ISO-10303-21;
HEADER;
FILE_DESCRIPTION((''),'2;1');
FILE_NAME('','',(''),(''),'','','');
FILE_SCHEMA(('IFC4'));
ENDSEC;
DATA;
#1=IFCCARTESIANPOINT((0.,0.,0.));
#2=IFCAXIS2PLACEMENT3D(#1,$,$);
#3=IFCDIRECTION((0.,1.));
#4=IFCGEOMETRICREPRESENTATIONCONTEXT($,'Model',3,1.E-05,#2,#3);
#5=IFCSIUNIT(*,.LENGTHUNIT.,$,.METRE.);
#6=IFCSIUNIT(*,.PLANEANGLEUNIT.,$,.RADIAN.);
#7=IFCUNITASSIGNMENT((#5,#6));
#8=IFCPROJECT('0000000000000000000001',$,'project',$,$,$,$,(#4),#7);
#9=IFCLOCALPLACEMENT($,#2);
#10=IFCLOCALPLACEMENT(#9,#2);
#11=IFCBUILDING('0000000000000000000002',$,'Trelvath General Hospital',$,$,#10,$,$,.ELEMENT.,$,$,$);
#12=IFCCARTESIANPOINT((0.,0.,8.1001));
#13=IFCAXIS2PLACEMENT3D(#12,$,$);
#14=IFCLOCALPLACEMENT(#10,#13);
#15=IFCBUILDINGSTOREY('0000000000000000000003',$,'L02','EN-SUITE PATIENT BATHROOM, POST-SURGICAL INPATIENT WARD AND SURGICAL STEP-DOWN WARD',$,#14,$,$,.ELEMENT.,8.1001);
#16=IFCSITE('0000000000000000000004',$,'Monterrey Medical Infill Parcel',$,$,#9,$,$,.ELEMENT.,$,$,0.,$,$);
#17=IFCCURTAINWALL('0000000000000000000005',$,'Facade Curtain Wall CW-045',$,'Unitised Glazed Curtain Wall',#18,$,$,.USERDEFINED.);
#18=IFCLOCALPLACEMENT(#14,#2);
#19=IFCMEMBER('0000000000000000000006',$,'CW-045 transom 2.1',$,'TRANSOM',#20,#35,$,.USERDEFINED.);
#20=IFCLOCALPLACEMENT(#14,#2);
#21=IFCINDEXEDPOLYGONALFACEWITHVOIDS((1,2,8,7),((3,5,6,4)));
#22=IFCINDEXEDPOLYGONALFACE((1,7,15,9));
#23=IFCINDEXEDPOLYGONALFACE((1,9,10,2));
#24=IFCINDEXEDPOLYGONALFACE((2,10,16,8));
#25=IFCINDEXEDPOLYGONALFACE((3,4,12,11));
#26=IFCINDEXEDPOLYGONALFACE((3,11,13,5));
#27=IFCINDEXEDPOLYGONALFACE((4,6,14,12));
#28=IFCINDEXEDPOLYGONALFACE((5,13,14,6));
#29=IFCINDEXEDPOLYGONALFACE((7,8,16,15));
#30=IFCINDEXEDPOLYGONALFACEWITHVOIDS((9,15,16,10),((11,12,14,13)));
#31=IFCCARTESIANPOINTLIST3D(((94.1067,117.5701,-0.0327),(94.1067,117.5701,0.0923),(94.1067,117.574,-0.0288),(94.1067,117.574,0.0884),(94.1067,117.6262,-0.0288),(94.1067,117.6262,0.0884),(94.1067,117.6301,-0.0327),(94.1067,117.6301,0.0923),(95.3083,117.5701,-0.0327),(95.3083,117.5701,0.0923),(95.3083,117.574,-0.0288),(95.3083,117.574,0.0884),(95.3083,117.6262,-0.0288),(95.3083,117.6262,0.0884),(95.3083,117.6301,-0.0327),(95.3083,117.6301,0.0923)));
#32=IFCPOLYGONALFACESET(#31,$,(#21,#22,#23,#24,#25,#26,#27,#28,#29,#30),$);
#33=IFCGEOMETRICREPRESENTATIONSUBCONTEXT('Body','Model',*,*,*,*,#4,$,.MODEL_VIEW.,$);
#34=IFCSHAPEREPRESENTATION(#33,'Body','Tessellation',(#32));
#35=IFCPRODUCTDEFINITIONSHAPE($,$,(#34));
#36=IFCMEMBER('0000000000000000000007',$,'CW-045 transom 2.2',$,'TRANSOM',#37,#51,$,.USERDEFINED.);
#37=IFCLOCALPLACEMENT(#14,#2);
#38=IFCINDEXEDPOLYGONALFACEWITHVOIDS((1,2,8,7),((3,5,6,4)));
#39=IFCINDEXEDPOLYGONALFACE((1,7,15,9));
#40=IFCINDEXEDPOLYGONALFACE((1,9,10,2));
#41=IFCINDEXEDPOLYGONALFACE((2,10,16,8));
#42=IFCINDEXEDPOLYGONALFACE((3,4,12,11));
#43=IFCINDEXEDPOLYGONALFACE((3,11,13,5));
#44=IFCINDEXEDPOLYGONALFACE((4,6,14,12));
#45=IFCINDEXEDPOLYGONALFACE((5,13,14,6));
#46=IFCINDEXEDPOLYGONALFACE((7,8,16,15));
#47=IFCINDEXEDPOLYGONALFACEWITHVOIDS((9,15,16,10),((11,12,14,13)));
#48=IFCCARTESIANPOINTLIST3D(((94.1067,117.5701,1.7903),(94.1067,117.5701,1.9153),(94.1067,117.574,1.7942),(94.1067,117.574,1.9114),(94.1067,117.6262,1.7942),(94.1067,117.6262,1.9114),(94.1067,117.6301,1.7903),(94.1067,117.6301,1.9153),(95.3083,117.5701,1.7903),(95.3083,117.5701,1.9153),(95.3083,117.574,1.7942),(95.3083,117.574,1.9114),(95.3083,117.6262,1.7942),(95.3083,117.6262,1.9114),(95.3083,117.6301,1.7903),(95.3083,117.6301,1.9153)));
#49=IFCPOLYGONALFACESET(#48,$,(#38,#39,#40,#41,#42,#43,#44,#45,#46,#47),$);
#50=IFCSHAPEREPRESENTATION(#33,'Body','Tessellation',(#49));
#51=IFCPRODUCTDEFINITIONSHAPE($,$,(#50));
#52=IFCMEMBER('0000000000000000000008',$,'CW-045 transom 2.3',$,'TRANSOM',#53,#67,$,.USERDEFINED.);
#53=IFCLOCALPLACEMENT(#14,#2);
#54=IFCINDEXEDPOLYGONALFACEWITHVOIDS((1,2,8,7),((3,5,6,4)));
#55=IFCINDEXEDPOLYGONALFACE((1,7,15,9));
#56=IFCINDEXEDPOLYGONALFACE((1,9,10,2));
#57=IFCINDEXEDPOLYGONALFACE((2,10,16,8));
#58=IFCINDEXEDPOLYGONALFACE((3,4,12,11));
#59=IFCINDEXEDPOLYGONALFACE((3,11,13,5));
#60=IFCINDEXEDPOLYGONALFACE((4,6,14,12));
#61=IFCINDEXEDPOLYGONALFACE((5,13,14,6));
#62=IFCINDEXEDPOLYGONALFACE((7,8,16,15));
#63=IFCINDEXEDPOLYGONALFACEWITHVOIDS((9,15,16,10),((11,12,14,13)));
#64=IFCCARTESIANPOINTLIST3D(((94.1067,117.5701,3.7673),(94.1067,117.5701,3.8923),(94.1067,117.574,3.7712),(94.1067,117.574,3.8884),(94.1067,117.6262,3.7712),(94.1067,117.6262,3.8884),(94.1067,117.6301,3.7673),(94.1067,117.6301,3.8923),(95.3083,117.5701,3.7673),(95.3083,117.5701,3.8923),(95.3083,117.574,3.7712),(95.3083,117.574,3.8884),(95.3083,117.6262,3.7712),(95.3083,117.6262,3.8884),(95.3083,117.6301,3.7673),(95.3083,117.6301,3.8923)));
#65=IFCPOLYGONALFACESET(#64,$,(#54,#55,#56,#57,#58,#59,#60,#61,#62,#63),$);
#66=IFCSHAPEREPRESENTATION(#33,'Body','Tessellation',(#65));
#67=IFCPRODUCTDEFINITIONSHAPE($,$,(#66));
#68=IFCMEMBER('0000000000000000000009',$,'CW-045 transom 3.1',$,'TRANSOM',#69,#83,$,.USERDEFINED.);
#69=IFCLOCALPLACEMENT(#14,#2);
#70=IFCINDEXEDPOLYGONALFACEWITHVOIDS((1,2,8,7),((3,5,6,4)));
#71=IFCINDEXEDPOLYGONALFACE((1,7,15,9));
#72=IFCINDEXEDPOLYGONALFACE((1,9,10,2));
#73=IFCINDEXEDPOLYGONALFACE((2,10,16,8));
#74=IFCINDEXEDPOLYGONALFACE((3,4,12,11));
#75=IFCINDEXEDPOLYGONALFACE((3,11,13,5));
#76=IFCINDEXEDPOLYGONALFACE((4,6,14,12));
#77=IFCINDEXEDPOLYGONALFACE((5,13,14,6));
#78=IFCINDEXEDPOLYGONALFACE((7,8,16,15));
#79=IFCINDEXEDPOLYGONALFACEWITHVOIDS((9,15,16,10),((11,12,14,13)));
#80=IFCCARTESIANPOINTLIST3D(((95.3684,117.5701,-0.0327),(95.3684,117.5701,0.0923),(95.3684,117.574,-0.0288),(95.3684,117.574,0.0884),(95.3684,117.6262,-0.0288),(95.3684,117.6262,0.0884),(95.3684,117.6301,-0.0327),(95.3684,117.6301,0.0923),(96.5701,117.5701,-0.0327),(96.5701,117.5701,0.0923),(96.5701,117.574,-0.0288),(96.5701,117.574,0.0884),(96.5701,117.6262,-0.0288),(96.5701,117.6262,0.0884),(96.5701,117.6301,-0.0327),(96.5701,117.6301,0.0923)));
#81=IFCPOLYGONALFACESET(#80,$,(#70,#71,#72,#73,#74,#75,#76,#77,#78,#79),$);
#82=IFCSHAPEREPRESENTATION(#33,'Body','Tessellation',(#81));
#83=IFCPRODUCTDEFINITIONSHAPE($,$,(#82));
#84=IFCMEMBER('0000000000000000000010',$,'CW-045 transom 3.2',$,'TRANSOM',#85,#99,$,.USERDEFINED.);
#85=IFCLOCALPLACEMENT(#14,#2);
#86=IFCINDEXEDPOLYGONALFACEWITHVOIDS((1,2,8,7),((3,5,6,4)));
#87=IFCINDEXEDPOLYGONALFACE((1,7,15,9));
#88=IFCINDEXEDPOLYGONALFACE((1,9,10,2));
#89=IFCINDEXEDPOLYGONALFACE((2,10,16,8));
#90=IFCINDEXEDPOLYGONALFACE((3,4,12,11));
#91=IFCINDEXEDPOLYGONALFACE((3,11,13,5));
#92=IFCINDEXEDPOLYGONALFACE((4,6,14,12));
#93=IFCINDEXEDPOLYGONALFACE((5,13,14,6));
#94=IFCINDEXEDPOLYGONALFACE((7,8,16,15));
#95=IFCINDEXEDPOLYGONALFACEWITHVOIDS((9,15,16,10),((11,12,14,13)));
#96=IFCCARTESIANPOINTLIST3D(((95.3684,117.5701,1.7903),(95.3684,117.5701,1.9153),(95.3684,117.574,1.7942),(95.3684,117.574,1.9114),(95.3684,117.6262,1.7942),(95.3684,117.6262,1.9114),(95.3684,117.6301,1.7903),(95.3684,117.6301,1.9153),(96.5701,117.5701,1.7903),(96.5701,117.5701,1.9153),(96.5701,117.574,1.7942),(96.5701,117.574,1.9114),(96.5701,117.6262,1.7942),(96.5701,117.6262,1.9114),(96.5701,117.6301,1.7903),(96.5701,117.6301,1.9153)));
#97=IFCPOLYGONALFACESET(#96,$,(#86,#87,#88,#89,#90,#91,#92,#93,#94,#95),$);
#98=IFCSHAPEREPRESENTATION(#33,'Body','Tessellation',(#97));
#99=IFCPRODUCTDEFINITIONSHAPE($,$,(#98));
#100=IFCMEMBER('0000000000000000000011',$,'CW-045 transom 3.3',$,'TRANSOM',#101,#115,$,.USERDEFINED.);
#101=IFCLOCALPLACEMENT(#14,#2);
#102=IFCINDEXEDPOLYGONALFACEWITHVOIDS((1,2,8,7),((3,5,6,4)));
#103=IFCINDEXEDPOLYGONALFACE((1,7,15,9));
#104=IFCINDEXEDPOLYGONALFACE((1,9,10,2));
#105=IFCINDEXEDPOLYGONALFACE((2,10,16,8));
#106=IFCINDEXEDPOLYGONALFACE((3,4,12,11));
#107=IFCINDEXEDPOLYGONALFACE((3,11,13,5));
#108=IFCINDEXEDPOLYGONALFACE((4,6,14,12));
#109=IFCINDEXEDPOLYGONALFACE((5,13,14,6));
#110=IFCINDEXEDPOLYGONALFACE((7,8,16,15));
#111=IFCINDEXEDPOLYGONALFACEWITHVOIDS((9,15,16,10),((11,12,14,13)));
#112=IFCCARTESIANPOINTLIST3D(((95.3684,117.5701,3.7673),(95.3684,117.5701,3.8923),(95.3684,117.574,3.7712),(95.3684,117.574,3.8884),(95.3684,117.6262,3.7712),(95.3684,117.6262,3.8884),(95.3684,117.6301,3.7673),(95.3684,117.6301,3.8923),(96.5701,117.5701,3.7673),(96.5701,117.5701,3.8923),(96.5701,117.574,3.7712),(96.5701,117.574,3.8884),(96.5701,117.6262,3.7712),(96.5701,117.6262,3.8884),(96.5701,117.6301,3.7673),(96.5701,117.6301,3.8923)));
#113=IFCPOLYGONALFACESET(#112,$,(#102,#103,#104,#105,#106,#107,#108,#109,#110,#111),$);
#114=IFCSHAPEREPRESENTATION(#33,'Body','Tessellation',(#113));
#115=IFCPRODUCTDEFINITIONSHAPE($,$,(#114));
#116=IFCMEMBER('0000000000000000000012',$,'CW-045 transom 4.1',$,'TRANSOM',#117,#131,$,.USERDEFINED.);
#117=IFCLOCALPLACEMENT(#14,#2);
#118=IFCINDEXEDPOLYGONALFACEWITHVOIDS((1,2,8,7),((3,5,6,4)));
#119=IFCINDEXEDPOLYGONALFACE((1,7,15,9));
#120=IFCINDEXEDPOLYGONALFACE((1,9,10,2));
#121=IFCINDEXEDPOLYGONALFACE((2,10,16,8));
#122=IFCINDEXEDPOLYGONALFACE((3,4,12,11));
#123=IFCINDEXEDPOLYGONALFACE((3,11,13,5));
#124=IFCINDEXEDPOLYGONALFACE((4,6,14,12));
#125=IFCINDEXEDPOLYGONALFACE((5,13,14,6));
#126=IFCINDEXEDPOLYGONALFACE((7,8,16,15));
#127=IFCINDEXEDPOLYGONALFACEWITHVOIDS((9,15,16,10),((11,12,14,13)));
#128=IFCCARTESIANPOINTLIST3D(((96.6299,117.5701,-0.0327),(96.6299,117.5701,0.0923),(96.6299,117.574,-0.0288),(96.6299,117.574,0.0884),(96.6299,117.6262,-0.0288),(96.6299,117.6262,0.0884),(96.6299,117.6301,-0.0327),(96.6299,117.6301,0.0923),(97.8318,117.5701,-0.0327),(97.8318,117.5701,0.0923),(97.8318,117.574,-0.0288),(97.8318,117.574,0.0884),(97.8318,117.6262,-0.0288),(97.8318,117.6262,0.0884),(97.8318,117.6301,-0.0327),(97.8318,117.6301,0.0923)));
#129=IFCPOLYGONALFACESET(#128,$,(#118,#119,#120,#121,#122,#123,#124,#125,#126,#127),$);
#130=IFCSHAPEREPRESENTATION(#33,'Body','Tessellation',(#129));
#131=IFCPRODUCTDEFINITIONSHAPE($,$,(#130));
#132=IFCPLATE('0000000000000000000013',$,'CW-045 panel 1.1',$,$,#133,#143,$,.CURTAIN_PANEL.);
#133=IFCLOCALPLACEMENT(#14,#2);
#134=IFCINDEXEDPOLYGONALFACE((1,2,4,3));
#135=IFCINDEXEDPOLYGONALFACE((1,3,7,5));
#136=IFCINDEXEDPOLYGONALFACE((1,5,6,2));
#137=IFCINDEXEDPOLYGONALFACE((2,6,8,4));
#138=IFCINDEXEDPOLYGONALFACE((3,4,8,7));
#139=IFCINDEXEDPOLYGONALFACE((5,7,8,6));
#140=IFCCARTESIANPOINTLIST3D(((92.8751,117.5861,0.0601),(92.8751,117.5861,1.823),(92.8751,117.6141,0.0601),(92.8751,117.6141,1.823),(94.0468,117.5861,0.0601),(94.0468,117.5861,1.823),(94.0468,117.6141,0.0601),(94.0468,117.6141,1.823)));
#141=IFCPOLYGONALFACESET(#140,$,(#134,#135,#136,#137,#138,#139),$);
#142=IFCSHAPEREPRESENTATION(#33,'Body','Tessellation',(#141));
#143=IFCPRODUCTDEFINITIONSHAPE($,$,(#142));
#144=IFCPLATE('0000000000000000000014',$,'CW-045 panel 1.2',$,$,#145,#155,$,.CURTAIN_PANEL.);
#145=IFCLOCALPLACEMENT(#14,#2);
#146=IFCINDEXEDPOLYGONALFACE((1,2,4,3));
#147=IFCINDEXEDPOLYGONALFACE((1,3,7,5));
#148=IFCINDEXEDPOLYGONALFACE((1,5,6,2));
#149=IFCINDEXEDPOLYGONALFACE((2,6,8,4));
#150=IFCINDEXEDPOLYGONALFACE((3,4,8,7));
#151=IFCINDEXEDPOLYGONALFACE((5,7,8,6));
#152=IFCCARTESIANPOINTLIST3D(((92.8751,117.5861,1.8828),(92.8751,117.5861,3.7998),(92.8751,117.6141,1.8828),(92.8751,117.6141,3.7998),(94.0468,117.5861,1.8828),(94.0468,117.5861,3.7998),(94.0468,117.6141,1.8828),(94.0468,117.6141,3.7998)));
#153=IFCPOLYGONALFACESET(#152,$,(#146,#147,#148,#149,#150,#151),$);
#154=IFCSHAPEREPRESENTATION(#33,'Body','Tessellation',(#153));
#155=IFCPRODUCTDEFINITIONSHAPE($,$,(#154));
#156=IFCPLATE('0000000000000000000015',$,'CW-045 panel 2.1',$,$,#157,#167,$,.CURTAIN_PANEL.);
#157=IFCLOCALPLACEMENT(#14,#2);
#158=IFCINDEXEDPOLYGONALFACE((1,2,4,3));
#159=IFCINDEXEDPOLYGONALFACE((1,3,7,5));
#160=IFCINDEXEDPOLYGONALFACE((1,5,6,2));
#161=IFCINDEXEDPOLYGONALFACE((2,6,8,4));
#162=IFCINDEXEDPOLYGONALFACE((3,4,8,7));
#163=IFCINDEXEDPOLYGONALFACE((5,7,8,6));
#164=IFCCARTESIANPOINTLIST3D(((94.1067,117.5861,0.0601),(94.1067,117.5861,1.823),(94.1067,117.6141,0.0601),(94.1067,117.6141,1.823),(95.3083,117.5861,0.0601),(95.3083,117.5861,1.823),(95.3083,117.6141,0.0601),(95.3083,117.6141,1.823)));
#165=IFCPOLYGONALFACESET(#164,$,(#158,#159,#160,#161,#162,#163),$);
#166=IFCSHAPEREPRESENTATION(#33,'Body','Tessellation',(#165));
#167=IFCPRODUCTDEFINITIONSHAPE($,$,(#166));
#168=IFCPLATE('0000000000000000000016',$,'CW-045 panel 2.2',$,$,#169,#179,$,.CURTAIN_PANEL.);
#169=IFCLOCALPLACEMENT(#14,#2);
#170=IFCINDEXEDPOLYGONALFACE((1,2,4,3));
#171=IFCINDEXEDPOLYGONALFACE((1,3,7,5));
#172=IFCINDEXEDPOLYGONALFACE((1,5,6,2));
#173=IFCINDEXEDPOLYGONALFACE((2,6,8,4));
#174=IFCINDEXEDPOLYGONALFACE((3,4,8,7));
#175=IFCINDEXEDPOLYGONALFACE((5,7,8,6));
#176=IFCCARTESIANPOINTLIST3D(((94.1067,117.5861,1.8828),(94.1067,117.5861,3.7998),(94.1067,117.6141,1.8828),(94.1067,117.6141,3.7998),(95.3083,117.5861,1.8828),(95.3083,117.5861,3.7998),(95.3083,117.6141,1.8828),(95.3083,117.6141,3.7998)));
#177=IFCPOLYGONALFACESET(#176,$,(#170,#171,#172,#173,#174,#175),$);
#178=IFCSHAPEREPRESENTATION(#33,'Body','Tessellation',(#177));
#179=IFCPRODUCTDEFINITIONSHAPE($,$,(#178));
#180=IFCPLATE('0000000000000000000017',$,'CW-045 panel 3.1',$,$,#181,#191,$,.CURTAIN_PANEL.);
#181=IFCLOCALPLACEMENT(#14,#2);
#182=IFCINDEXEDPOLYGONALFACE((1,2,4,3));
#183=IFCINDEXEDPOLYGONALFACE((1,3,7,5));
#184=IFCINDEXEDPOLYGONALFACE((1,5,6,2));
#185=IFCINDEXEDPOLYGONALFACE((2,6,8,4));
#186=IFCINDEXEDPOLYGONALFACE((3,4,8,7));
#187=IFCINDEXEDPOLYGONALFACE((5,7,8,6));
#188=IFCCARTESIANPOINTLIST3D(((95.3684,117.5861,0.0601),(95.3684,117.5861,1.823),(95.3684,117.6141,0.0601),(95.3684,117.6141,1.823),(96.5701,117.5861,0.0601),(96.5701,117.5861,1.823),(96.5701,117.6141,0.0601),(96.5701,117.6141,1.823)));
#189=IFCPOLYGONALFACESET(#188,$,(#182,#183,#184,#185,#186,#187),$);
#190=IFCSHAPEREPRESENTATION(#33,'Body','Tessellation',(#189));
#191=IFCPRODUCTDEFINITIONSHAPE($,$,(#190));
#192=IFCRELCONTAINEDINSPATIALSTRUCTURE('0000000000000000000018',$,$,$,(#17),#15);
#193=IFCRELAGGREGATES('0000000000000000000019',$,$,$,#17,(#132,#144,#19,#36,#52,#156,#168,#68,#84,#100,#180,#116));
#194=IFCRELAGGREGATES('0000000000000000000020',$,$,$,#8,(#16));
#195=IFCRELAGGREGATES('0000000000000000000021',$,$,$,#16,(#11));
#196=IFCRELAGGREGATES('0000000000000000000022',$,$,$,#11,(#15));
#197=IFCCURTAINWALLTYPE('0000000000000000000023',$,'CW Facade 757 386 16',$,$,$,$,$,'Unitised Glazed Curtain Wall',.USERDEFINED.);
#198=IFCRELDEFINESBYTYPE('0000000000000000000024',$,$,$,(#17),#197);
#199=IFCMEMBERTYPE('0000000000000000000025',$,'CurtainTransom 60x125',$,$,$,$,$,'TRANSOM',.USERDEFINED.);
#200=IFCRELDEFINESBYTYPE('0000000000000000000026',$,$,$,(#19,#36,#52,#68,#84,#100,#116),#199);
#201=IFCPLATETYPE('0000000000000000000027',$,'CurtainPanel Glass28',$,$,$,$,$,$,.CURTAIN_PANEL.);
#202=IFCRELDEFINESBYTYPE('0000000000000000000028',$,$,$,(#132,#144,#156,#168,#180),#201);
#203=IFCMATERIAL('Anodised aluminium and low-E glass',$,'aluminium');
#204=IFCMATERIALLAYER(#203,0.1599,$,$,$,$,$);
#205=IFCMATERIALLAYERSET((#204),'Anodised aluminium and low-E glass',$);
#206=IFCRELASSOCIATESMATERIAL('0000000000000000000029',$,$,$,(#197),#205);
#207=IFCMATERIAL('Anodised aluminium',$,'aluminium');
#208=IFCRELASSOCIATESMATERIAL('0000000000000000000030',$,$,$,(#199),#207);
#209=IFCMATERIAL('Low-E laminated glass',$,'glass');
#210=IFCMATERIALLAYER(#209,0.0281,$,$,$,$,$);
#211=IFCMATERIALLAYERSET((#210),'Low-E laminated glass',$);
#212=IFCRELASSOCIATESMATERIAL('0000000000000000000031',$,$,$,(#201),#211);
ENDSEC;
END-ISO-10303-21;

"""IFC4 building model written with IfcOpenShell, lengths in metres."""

from ifc_helpers import new_model, si_unit, direction, frame, origin, origin_2d, place, context, subcontext, project, spatial, rectangle, hollow_rectangle, extrude, material, layer, layer_set, material_profile, profile_set, type_object, element, aggregate, save


model = new_model("IFC4")

# Units and contexts
model_context = context("Model", 3, precision=1e-05, world=origin(), true_north=direction((0.0, 1.0)))
body_context = subcontext(model_context, "Body", "Model", "MODEL_VIEW")
ifc_project = project(units=[si_unit("LENGTHUNIT", "METRE"), si_unit("PLANEANGLEUNIT", "RADIAN")], contexts=[model_context])

# Site, building, storey
site_placement = place(None, origin())
site = spatial("IfcSite", under=ifc_project, at=site_placement, Name="Monterrey Medical Infill Parcel", CompositionType="ELEMENT", RefElevation=0.0)
building_placement = place(site_placement, origin())
building = spatial("IfcBuilding", under=site, at=building_placement, Name="Trelvath General Hospital", CompositionType="ELEMENT")
storey_placement = place(building_placement, frame((0.0, 0.0, 8.1001)))
storey = spatial("IfcBuildingStorey", under=building, at=storey_placement, Name="L02", Description="EN-SUITE PATIENT BATHROOM, POST-SURGICAL INPATIENT WARD AND SURGICAL STEP-DOWN WARD", CompositionType="ELEMENT", Elevation=8.1001)

# Curtain wall, members, plates
ifc_material_1 = material(Name="Anodised aluminium and low-E glass", Category="aluminium")
ifc_layer_1 = layer(ifc_material_1, 0.1599)
ifc_layer_set_1 = layer_set([ifc_layer_1], Name="Anodised aluminium and low-E glass")
curtain_wall_type = type_object("IfcCurtainWallType", Name="CW Facade 757 386 16", ElementType="Unitised Glazed Curtain Wall", PredefinedType="USERDEFINED", material=ifc_layer_set_1)
curtain_wall_placement = place(storey_placement, origin())
curtain_wall = element("IfcCurtainWall", 1, at=curtain_wall_placement, inside=storey, type_object=curtain_wall_type, Name="Facade Curtain Wall CW-045", ObjectType="Unitised Glazed Curtain Wall", PredefinedType="USERDEFINED")
ifc_material_2 = material(Name="Anodised aluminium", Category="aluminium")
ifc_material_profile_1 = material_profile(ifc_material_2, hollow_rectangle(XDim=0.0601, YDim=0.125, WallThickness=0.0039, at=origin_2d()), Name="RHS60x125x4")
ifc_profile_set_1 = profile_set([ifc_material_profile_1], Name="Anodised aluminium")
member_type_1 = type_object("IfcMemberType", Name="CurtainTransom 60x125", ElementType="TRANSOM", PredefinedType="USERDEFINED", material=ifc_profile_set_1)
member_1_placement = place(storey_placement, frame((94.1067, 117.6001, 0.0298), z_axis=(1.0, 0.0, 0.0), x_axis=(0.0, 1.0, 0.0)))
member_1 = element("IfcMember", 2, at=member_1_placement, type_object=member_type_1, Name="CW-045 transom 2.1", ObjectType="TRANSOM", PredefinedType="USERDEFINED", context=body_context, shape_type="SweptSolid", body=[
    extrude(hollow_rectangle(XDim=0.0601, YDim=0.125, WallThickness=0.0039, at=origin_2d()), origin(), (0.0, 0.0, 1.0), 1.2017),
])
member_2_placement = place(storey_placement, frame((94.1067, 117.6001, 1.8528), z_axis=(1.0, 0.0, 0.0), x_axis=(0.0, 1.0, 0.0)))
member_2 = element("IfcMember", 3, at=member_2_placement, type_object=member_type_1, Name="CW-045 transom 2.2", ObjectType="TRANSOM", PredefinedType="USERDEFINED", context=body_context, shape_type="SweptSolid", body=[
    extrude(hollow_rectangle(XDim=0.0601, YDim=0.125, WallThickness=0.0039, at=origin_2d()), origin(), (0.0, 0.0, 1.0), 1.2017),
])
member_3_placement = place(storey_placement, frame((94.1067, 117.6001, 3.8298), z_axis=(1.0, 0.0, 0.0), x_axis=(0.0, 1.0, 0.0)))
member_3 = element("IfcMember", 4, at=member_3_placement, type_object=member_type_1, Name="CW-045 transom 2.3", ObjectType="TRANSOM", PredefinedType="USERDEFINED", context=body_context, shape_type="SweptSolid", body=[
    extrude(hollow_rectangle(XDim=0.0601, YDim=0.125, WallThickness=0.0039, at=origin_2d()), origin(), (0.0, 0.0, 1.0), 1.2017),
])
member_4_placement = place(storey_placement, frame((95.3684, 117.6001, 0.0298), z_axis=(1.0, 0.0, 0.0), x_axis=(0.0, 1.0, 0.0)))
member_4 = element("IfcMember", 5, at=member_4_placement, type_object=member_type_1, Name="CW-045 transom 3.1", ObjectType="TRANSOM", PredefinedType="USERDEFINED", context=body_context, shape_type="SweptSolid", body=[
    extrude(hollow_rectangle(XDim=0.0601, YDim=0.125, WallThickness=0.0039, at=origin_2d()), origin(), (0.0, 0.0, 1.0), 1.2017),
])
member_5_placement = place(storey_placement, frame((95.3684, 117.6001, 1.8528), z_axis=(1.0, 0.0, 0.0), x_axis=(0.0, 1.0, 0.0)))
member_5 = element("IfcMember", 6, at=member_5_placement, type_object=member_type_1, Name="CW-045 transom 3.2", ObjectType="TRANSOM", PredefinedType="USERDEFINED", context=body_context, shape_type="SweptSolid", body=[
    extrude(hollow_rectangle(XDim=0.0601, YDim=0.125, WallThickness=0.0039, at=origin_2d()), origin(), (0.0, 0.0, 1.0), 1.2017),
])
member_6_placement = place(storey_placement, frame((95.3684, 117.6001, 3.8298), z_axis=(1.0, 0.0, 0.0), x_axis=(0.0, 1.0, 0.0)))
member_6 = element("IfcMember", 7, at=member_6_placement, type_object=member_type_1, Name="CW-045 transom 3.3", ObjectType="TRANSOM", PredefinedType="USERDEFINED", context=body_context, shape_type="SweptSolid", body=[
    extrude(hollow_rectangle(XDim=0.0601, YDim=0.125, WallThickness=0.0039, at=origin_2d()), origin(), (0.0, 0.0, 1.0), 1.2017),
])
member_7_placement = place(storey_placement, frame((96.6299, 117.6001, 0.0298), z_axis=(1.0, 0.0, 0.0), x_axis=(0.0, 1.0, 0.0)))
member_7 = element("IfcMember", 8, at=member_7_placement, type_object=member_type_1, Name="CW-045 transom 4.1", ObjectType="TRANSOM", PredefinedType="USERDEFINED", context=body_context, shape_type="SweptSolid", body=[
    extrude(hollow_rectangle(XDim=0.0601, YDim=0.125, WallThickness=0.0039, at=origin_2d()), origin(), (0.0, 0.0, 1.0), 1.2019),
])
ifc_material_3 = material(Name="Low-E laminated glass", Category="glass")
ifc_layer_2 = layer(ifc_material_3, 0.0281)
ifc_layer_set_2 = layer_set([ifc_layer_2], Name="Low-E laminated glass")
plate_type = type_object("IfcPlateType", Name="CurtainPanel Glass28", PredefinedType="CURTAIN_PANEL", material=ifc_layer_set_2)
plate_1_placement = place(storey_placement, frame((93.4609, 117.6001, 0.0601), z_axis=(0.0, 0.0, 1.0), x_axis=(1.0, 0.0, 0.0)))
plate_1 = element("IfcPlate", 9, at=plate_1_placement, type_object=plate_type, Name="CW-045 panel 1.1", PredefinedType="CURTAIN_PANEL", context=body_context, shape_type="SweptSolid", body=[
    extrude(rectangle(XDim=1.1716, YDim=0.0281, at=origin_2d()), origin(), (0.0, 0.0, 1.0), 1.7629),
])
plate_2_placement = place(storey_placement, frame((93.4609, 117.6001, 1.8828), z_axis=(0.0, 0.0, 1.0), x_axis=(1.0, 0.0, 0.0)))
plate_2 = element("IfcPlate", 10, at=plate_2_placement, type_object=plate_type, Name="CW-045 panel 1.2", PredefinedType="CURTAIN_PANEL", context=body_context, shape_type="SweptSolid", body=[
    extrude(rectangle(XDim=1.1716, YDim=0.0281, at=origin_2d()), origin(), (0.0, 0.0, 1.0), 1.917),
])
plate_3_placement = place(storey_placement, frame((94.7075, 117.6001, 0.0601), z_axis=(0.0, 0.0, 1.0), x_axis=(1.0, 0.0, 0.0)))
plate_3 = element("IfcPlate", 11, at=plate_3_placement, type_object=plate_type, Name="CW-045 panel 2.1", PredefinedType="CURTAIN_PANEL", context=body_context, shape_type="SweptSolid", body=[
    extrude(rectangle(XDim=1.2017, YDim=0.0281, at=origin_2d()), origin(), (0.0, 0.0, 1.0), 1.7629),
])
plate_4_placement = place(storey_placement, frame((94.7075, 117.6001, 1.8828), z_axis=(0.0, 0.0, 1.0), x_axis=(1.0, 0.0, 0.0)))
plate_4 = element("IfcPlate", 12, at=plate_4_placement, type_object=plate_type, Name="CW-045 panel 2.2", PredefinedType="CURTAIN_PANEL", context=body_context, shape_type="SweptSolid", body=[
    extrude(rectangle(XDim=1.2017, YDim=0.0281, at=origin_2d()), origin(), (0.0, 0.0, 1.0), 1.917),
])
plate_5_placement = place(storey_placement, frame((95.9692, 117.6001, 0.0601), z_axis=(0.0, 0.0, 1.0), x_axis=(1.0, 0.0, 0.0)))
plate_5 = element("IfcPlate", 13, at=plate_5_placement, type_object=plate_type, Name="CW-045 panel 3.1", PredefinedType="CURTAIN_PANEL", context=body_context, shape_type="SweptSolid", body=[
    extrude(rectangle(XDim=1.2017, YDim=0.0281, at=origin_2d()), origin(), (0.0, 0.0, 1.0), 1.7629),
])
aggregate(curtain_wall, [plate_1, plate_2, member_1, member_2, member_3, plate_3, plate_4, member_4, member_5, member_6, plate_5, member_7])

save(model, "model.ifc")
